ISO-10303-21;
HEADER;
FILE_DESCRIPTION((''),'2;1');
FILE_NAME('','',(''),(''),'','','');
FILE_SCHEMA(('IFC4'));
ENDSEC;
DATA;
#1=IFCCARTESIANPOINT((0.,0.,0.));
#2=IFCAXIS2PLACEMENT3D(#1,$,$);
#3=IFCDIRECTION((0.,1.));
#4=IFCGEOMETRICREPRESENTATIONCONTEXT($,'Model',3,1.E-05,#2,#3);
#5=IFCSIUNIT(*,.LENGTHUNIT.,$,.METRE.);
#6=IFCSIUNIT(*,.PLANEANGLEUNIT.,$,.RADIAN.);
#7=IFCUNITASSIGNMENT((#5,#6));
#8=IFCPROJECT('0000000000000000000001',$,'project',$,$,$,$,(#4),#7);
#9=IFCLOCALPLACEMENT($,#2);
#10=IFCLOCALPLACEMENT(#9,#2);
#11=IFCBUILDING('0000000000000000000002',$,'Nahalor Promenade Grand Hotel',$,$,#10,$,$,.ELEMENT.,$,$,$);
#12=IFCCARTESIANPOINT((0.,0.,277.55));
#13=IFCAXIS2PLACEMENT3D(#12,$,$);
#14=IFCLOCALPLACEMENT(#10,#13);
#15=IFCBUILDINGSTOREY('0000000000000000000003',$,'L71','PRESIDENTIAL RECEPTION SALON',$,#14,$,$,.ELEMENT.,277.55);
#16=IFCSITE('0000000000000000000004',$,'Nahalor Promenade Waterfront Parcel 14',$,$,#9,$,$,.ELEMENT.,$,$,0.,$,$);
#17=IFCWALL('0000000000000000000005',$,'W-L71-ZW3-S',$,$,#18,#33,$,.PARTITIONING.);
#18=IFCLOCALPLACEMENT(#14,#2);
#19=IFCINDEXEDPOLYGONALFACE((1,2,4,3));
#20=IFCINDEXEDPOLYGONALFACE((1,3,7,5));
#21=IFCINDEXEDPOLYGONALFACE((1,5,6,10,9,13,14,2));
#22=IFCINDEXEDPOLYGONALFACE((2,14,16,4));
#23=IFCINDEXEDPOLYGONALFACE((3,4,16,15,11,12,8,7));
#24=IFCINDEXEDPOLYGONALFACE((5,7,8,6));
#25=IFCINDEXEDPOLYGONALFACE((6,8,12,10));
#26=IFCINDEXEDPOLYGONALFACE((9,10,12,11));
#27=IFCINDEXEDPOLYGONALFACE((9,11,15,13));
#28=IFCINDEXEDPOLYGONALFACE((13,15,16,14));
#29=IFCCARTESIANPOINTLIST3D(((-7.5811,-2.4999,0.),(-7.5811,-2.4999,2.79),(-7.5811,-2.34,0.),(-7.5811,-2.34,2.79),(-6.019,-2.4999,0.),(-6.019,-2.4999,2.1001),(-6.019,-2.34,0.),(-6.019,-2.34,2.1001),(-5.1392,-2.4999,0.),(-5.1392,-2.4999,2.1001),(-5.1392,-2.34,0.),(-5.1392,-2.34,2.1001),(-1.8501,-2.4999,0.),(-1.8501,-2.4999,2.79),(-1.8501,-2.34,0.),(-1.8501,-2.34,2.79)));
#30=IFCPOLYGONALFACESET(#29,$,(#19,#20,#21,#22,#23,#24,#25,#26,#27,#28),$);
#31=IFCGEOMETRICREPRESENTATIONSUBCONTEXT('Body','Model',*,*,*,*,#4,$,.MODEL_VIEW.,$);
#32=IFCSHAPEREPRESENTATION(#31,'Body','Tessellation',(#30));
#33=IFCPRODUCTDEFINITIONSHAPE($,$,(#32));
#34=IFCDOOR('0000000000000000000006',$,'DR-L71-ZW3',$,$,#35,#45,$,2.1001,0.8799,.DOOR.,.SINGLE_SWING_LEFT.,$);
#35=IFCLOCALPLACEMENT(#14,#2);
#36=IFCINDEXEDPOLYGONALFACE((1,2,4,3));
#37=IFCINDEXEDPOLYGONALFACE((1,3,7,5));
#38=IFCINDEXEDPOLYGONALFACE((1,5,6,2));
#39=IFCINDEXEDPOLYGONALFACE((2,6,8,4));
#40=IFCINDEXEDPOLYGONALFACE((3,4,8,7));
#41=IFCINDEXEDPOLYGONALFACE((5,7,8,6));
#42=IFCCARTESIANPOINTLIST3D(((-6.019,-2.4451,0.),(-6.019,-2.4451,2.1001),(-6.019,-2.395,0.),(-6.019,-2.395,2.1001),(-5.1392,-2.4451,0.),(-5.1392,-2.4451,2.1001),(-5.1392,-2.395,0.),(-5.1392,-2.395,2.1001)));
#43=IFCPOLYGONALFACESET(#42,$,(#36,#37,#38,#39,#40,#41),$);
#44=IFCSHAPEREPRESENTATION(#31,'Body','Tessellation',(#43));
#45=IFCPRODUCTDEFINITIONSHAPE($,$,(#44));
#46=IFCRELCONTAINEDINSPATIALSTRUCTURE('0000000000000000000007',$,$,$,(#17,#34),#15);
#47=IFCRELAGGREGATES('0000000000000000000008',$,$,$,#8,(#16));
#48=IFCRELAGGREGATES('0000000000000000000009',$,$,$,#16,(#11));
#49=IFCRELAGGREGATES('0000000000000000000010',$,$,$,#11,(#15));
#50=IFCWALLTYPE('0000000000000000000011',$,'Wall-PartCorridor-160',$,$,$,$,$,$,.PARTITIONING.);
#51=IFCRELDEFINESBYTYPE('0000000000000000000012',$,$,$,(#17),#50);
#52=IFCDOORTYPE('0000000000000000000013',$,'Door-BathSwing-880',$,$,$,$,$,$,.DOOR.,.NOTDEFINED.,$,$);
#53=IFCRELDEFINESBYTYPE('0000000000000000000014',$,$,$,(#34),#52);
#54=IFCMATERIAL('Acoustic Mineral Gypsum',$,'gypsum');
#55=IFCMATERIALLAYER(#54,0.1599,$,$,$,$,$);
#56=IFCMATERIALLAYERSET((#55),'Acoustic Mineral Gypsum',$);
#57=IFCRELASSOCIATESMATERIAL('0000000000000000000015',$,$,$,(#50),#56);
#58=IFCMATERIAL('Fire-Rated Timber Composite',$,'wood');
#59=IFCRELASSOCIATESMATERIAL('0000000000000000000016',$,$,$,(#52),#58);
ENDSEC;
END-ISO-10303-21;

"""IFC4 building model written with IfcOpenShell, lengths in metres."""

from ifc_helpers import new_model, si_unit, direction, frame, frame_2d, origin, place, context, subcontext, project, spatial, rectangle, extrude, source, transform, mapped, material, layer, layer_set, type_object, element, fill, save


model = new_model("IFC4")

# Units and contexts
model_context = context("Model", 3, precision=1e-05, world=origin(), true_north=direction((0.0, 1.0)))
body_context = subcontext(model_context, "Body", "Model", "MODEL_VIEW")
ifc_project = project(units=[si_unit("LENGTHUNIT", "METRE"), si_unit("PLANEANGLEUNIT", "RADIAN")], contexts=[model_context])

# Site, building, storey
site_placement = place(None, origin())
site = spatial("IfcSite", under=ifc_project, at=site_placement, Name="Nahalor Promenade Waterfront Parcel 14", CompositionType="ELEMENT", RefElevation=0.0)
building_placement = place(site_placement, origin())
building = spatial("IfcBuilding", under=site, at=building_placement, Name="Nahalor Promenade Grand Hotel", CompositionType="ELEMENT")
storey_placement = place(building_placement, frame((0.0, 0.0, 277.55)))
storey = spatial("IfcBuildingStorey", under=building, at=storey_placement, Name="L71", Description="PRESIDENTIAL RECEPTION SALON", CompositionType="ELEMENT", Elevation=277.55)

# Shared definitions
ifc_material_1 = material(Name="Acoustic Mineral Gypsum", Category="gypsum")
ifc_layer_1 = layer(ifc_material_1, 0.1599)
ifc_layer_set_1 = layer_set([ifc_layer_1], Name="Acoustic Mineral Gypsum")
wall_type_1 = type_object("IfcWallType", Name="Wall-PartCorridor-160", PredefinedType="PARTITIONING", material=ifc_layer_set_1)
ifc_material_2 = material(Name="Fire-Rated Timber Composite", Category="wood")

# Shared definitions
door_type_1 = type_object("IfcDoorType", Name="Door-BathSwing-880", OperationType="NOTDEFINED", PredefinedType="DOOR", material=ifc_material_2)
shared_shape_1 = source(origin(), body_context, "Body", "SweptSolid", [
    extrude(rectangle(XDim=0.8799, YDim=2.1001, at=frame_2d((0.4399, 1.05))), frame((0.0, 0.0249, 0.0), z_axis=(0.0, -1.0, 0.0), x_axis=(1.0, 0.0, 0.0)), (0.0, 0.0, 1.0), 0.05),
])

# Wall, opening, door
shared_shape_2 = source(origin(), body_context, "Body", "SweptSolid", [
    extrude(rectangle(XDim=5.731, YDim=0.1599, at=frame_2d((2.8655, 0.0))), origin(), (0.0, 0.0, 1.0), 2.79),
])
wall_1_placement = place(storey_placement, frame((-7.5811, -2.4199, 0.0), z_axis=(0.0, 0.0, 1.0), x_axis=(1.0, 0.0, 0.0)))
wall_1 = element("IfcWall", 1, at=wall_1_placement, inside=storey, type_object=wall_type_1, Name="W-L71-ZW3-S", PredefinedType="PARTITIONING", context=body_context, shape_type="MappedRepresentation", body=[
    mapped(shared_shape_2, transform((0.0, 0.0, 0.0), scale=1.0)),
])
opening_1_placement = place(wall_1_placement, frame((1.562, 0.0, 0.0)))
opening_1 = element("IfcOpeningElement", 2, at=opening_1_placement, cuts=wall_1, PredefinedType="OPENING", context=body_context, shape_type="SweptSolid", body=[
    extrude(rectangle(XDim=0.8799, YDim=2.1001, at=frame_2d((0.4399, 1.05))), frame((0.0, 0.0898, 0.0), z_axis=(0.0, -1.0, 0.0), x_axis=(1.0, 0.0, 0.0)), (0.0, 0.0, 1.0), 0.1799),
])
door_1_placement = place(opening_1_placement, origin())
door_1 = element("IfcDoor", 3, at=door_1_placement, inside=storey, type_object=door_type_1, Name="DR-L71-ZW3", OperationType="SINGLE_SWING_LEFT", OverallHeight=2.1001, OverallWidth=0.8799, PredefinedType="DOOR", context=body_context, shape_type="MappedRepresentation", body=[
    mapped(shared_shape_1, transform((0.0, 0.0, 0.0), scale=1.0)),
])
fill(opening_1, door_1)

save(model, "model.ifc")
